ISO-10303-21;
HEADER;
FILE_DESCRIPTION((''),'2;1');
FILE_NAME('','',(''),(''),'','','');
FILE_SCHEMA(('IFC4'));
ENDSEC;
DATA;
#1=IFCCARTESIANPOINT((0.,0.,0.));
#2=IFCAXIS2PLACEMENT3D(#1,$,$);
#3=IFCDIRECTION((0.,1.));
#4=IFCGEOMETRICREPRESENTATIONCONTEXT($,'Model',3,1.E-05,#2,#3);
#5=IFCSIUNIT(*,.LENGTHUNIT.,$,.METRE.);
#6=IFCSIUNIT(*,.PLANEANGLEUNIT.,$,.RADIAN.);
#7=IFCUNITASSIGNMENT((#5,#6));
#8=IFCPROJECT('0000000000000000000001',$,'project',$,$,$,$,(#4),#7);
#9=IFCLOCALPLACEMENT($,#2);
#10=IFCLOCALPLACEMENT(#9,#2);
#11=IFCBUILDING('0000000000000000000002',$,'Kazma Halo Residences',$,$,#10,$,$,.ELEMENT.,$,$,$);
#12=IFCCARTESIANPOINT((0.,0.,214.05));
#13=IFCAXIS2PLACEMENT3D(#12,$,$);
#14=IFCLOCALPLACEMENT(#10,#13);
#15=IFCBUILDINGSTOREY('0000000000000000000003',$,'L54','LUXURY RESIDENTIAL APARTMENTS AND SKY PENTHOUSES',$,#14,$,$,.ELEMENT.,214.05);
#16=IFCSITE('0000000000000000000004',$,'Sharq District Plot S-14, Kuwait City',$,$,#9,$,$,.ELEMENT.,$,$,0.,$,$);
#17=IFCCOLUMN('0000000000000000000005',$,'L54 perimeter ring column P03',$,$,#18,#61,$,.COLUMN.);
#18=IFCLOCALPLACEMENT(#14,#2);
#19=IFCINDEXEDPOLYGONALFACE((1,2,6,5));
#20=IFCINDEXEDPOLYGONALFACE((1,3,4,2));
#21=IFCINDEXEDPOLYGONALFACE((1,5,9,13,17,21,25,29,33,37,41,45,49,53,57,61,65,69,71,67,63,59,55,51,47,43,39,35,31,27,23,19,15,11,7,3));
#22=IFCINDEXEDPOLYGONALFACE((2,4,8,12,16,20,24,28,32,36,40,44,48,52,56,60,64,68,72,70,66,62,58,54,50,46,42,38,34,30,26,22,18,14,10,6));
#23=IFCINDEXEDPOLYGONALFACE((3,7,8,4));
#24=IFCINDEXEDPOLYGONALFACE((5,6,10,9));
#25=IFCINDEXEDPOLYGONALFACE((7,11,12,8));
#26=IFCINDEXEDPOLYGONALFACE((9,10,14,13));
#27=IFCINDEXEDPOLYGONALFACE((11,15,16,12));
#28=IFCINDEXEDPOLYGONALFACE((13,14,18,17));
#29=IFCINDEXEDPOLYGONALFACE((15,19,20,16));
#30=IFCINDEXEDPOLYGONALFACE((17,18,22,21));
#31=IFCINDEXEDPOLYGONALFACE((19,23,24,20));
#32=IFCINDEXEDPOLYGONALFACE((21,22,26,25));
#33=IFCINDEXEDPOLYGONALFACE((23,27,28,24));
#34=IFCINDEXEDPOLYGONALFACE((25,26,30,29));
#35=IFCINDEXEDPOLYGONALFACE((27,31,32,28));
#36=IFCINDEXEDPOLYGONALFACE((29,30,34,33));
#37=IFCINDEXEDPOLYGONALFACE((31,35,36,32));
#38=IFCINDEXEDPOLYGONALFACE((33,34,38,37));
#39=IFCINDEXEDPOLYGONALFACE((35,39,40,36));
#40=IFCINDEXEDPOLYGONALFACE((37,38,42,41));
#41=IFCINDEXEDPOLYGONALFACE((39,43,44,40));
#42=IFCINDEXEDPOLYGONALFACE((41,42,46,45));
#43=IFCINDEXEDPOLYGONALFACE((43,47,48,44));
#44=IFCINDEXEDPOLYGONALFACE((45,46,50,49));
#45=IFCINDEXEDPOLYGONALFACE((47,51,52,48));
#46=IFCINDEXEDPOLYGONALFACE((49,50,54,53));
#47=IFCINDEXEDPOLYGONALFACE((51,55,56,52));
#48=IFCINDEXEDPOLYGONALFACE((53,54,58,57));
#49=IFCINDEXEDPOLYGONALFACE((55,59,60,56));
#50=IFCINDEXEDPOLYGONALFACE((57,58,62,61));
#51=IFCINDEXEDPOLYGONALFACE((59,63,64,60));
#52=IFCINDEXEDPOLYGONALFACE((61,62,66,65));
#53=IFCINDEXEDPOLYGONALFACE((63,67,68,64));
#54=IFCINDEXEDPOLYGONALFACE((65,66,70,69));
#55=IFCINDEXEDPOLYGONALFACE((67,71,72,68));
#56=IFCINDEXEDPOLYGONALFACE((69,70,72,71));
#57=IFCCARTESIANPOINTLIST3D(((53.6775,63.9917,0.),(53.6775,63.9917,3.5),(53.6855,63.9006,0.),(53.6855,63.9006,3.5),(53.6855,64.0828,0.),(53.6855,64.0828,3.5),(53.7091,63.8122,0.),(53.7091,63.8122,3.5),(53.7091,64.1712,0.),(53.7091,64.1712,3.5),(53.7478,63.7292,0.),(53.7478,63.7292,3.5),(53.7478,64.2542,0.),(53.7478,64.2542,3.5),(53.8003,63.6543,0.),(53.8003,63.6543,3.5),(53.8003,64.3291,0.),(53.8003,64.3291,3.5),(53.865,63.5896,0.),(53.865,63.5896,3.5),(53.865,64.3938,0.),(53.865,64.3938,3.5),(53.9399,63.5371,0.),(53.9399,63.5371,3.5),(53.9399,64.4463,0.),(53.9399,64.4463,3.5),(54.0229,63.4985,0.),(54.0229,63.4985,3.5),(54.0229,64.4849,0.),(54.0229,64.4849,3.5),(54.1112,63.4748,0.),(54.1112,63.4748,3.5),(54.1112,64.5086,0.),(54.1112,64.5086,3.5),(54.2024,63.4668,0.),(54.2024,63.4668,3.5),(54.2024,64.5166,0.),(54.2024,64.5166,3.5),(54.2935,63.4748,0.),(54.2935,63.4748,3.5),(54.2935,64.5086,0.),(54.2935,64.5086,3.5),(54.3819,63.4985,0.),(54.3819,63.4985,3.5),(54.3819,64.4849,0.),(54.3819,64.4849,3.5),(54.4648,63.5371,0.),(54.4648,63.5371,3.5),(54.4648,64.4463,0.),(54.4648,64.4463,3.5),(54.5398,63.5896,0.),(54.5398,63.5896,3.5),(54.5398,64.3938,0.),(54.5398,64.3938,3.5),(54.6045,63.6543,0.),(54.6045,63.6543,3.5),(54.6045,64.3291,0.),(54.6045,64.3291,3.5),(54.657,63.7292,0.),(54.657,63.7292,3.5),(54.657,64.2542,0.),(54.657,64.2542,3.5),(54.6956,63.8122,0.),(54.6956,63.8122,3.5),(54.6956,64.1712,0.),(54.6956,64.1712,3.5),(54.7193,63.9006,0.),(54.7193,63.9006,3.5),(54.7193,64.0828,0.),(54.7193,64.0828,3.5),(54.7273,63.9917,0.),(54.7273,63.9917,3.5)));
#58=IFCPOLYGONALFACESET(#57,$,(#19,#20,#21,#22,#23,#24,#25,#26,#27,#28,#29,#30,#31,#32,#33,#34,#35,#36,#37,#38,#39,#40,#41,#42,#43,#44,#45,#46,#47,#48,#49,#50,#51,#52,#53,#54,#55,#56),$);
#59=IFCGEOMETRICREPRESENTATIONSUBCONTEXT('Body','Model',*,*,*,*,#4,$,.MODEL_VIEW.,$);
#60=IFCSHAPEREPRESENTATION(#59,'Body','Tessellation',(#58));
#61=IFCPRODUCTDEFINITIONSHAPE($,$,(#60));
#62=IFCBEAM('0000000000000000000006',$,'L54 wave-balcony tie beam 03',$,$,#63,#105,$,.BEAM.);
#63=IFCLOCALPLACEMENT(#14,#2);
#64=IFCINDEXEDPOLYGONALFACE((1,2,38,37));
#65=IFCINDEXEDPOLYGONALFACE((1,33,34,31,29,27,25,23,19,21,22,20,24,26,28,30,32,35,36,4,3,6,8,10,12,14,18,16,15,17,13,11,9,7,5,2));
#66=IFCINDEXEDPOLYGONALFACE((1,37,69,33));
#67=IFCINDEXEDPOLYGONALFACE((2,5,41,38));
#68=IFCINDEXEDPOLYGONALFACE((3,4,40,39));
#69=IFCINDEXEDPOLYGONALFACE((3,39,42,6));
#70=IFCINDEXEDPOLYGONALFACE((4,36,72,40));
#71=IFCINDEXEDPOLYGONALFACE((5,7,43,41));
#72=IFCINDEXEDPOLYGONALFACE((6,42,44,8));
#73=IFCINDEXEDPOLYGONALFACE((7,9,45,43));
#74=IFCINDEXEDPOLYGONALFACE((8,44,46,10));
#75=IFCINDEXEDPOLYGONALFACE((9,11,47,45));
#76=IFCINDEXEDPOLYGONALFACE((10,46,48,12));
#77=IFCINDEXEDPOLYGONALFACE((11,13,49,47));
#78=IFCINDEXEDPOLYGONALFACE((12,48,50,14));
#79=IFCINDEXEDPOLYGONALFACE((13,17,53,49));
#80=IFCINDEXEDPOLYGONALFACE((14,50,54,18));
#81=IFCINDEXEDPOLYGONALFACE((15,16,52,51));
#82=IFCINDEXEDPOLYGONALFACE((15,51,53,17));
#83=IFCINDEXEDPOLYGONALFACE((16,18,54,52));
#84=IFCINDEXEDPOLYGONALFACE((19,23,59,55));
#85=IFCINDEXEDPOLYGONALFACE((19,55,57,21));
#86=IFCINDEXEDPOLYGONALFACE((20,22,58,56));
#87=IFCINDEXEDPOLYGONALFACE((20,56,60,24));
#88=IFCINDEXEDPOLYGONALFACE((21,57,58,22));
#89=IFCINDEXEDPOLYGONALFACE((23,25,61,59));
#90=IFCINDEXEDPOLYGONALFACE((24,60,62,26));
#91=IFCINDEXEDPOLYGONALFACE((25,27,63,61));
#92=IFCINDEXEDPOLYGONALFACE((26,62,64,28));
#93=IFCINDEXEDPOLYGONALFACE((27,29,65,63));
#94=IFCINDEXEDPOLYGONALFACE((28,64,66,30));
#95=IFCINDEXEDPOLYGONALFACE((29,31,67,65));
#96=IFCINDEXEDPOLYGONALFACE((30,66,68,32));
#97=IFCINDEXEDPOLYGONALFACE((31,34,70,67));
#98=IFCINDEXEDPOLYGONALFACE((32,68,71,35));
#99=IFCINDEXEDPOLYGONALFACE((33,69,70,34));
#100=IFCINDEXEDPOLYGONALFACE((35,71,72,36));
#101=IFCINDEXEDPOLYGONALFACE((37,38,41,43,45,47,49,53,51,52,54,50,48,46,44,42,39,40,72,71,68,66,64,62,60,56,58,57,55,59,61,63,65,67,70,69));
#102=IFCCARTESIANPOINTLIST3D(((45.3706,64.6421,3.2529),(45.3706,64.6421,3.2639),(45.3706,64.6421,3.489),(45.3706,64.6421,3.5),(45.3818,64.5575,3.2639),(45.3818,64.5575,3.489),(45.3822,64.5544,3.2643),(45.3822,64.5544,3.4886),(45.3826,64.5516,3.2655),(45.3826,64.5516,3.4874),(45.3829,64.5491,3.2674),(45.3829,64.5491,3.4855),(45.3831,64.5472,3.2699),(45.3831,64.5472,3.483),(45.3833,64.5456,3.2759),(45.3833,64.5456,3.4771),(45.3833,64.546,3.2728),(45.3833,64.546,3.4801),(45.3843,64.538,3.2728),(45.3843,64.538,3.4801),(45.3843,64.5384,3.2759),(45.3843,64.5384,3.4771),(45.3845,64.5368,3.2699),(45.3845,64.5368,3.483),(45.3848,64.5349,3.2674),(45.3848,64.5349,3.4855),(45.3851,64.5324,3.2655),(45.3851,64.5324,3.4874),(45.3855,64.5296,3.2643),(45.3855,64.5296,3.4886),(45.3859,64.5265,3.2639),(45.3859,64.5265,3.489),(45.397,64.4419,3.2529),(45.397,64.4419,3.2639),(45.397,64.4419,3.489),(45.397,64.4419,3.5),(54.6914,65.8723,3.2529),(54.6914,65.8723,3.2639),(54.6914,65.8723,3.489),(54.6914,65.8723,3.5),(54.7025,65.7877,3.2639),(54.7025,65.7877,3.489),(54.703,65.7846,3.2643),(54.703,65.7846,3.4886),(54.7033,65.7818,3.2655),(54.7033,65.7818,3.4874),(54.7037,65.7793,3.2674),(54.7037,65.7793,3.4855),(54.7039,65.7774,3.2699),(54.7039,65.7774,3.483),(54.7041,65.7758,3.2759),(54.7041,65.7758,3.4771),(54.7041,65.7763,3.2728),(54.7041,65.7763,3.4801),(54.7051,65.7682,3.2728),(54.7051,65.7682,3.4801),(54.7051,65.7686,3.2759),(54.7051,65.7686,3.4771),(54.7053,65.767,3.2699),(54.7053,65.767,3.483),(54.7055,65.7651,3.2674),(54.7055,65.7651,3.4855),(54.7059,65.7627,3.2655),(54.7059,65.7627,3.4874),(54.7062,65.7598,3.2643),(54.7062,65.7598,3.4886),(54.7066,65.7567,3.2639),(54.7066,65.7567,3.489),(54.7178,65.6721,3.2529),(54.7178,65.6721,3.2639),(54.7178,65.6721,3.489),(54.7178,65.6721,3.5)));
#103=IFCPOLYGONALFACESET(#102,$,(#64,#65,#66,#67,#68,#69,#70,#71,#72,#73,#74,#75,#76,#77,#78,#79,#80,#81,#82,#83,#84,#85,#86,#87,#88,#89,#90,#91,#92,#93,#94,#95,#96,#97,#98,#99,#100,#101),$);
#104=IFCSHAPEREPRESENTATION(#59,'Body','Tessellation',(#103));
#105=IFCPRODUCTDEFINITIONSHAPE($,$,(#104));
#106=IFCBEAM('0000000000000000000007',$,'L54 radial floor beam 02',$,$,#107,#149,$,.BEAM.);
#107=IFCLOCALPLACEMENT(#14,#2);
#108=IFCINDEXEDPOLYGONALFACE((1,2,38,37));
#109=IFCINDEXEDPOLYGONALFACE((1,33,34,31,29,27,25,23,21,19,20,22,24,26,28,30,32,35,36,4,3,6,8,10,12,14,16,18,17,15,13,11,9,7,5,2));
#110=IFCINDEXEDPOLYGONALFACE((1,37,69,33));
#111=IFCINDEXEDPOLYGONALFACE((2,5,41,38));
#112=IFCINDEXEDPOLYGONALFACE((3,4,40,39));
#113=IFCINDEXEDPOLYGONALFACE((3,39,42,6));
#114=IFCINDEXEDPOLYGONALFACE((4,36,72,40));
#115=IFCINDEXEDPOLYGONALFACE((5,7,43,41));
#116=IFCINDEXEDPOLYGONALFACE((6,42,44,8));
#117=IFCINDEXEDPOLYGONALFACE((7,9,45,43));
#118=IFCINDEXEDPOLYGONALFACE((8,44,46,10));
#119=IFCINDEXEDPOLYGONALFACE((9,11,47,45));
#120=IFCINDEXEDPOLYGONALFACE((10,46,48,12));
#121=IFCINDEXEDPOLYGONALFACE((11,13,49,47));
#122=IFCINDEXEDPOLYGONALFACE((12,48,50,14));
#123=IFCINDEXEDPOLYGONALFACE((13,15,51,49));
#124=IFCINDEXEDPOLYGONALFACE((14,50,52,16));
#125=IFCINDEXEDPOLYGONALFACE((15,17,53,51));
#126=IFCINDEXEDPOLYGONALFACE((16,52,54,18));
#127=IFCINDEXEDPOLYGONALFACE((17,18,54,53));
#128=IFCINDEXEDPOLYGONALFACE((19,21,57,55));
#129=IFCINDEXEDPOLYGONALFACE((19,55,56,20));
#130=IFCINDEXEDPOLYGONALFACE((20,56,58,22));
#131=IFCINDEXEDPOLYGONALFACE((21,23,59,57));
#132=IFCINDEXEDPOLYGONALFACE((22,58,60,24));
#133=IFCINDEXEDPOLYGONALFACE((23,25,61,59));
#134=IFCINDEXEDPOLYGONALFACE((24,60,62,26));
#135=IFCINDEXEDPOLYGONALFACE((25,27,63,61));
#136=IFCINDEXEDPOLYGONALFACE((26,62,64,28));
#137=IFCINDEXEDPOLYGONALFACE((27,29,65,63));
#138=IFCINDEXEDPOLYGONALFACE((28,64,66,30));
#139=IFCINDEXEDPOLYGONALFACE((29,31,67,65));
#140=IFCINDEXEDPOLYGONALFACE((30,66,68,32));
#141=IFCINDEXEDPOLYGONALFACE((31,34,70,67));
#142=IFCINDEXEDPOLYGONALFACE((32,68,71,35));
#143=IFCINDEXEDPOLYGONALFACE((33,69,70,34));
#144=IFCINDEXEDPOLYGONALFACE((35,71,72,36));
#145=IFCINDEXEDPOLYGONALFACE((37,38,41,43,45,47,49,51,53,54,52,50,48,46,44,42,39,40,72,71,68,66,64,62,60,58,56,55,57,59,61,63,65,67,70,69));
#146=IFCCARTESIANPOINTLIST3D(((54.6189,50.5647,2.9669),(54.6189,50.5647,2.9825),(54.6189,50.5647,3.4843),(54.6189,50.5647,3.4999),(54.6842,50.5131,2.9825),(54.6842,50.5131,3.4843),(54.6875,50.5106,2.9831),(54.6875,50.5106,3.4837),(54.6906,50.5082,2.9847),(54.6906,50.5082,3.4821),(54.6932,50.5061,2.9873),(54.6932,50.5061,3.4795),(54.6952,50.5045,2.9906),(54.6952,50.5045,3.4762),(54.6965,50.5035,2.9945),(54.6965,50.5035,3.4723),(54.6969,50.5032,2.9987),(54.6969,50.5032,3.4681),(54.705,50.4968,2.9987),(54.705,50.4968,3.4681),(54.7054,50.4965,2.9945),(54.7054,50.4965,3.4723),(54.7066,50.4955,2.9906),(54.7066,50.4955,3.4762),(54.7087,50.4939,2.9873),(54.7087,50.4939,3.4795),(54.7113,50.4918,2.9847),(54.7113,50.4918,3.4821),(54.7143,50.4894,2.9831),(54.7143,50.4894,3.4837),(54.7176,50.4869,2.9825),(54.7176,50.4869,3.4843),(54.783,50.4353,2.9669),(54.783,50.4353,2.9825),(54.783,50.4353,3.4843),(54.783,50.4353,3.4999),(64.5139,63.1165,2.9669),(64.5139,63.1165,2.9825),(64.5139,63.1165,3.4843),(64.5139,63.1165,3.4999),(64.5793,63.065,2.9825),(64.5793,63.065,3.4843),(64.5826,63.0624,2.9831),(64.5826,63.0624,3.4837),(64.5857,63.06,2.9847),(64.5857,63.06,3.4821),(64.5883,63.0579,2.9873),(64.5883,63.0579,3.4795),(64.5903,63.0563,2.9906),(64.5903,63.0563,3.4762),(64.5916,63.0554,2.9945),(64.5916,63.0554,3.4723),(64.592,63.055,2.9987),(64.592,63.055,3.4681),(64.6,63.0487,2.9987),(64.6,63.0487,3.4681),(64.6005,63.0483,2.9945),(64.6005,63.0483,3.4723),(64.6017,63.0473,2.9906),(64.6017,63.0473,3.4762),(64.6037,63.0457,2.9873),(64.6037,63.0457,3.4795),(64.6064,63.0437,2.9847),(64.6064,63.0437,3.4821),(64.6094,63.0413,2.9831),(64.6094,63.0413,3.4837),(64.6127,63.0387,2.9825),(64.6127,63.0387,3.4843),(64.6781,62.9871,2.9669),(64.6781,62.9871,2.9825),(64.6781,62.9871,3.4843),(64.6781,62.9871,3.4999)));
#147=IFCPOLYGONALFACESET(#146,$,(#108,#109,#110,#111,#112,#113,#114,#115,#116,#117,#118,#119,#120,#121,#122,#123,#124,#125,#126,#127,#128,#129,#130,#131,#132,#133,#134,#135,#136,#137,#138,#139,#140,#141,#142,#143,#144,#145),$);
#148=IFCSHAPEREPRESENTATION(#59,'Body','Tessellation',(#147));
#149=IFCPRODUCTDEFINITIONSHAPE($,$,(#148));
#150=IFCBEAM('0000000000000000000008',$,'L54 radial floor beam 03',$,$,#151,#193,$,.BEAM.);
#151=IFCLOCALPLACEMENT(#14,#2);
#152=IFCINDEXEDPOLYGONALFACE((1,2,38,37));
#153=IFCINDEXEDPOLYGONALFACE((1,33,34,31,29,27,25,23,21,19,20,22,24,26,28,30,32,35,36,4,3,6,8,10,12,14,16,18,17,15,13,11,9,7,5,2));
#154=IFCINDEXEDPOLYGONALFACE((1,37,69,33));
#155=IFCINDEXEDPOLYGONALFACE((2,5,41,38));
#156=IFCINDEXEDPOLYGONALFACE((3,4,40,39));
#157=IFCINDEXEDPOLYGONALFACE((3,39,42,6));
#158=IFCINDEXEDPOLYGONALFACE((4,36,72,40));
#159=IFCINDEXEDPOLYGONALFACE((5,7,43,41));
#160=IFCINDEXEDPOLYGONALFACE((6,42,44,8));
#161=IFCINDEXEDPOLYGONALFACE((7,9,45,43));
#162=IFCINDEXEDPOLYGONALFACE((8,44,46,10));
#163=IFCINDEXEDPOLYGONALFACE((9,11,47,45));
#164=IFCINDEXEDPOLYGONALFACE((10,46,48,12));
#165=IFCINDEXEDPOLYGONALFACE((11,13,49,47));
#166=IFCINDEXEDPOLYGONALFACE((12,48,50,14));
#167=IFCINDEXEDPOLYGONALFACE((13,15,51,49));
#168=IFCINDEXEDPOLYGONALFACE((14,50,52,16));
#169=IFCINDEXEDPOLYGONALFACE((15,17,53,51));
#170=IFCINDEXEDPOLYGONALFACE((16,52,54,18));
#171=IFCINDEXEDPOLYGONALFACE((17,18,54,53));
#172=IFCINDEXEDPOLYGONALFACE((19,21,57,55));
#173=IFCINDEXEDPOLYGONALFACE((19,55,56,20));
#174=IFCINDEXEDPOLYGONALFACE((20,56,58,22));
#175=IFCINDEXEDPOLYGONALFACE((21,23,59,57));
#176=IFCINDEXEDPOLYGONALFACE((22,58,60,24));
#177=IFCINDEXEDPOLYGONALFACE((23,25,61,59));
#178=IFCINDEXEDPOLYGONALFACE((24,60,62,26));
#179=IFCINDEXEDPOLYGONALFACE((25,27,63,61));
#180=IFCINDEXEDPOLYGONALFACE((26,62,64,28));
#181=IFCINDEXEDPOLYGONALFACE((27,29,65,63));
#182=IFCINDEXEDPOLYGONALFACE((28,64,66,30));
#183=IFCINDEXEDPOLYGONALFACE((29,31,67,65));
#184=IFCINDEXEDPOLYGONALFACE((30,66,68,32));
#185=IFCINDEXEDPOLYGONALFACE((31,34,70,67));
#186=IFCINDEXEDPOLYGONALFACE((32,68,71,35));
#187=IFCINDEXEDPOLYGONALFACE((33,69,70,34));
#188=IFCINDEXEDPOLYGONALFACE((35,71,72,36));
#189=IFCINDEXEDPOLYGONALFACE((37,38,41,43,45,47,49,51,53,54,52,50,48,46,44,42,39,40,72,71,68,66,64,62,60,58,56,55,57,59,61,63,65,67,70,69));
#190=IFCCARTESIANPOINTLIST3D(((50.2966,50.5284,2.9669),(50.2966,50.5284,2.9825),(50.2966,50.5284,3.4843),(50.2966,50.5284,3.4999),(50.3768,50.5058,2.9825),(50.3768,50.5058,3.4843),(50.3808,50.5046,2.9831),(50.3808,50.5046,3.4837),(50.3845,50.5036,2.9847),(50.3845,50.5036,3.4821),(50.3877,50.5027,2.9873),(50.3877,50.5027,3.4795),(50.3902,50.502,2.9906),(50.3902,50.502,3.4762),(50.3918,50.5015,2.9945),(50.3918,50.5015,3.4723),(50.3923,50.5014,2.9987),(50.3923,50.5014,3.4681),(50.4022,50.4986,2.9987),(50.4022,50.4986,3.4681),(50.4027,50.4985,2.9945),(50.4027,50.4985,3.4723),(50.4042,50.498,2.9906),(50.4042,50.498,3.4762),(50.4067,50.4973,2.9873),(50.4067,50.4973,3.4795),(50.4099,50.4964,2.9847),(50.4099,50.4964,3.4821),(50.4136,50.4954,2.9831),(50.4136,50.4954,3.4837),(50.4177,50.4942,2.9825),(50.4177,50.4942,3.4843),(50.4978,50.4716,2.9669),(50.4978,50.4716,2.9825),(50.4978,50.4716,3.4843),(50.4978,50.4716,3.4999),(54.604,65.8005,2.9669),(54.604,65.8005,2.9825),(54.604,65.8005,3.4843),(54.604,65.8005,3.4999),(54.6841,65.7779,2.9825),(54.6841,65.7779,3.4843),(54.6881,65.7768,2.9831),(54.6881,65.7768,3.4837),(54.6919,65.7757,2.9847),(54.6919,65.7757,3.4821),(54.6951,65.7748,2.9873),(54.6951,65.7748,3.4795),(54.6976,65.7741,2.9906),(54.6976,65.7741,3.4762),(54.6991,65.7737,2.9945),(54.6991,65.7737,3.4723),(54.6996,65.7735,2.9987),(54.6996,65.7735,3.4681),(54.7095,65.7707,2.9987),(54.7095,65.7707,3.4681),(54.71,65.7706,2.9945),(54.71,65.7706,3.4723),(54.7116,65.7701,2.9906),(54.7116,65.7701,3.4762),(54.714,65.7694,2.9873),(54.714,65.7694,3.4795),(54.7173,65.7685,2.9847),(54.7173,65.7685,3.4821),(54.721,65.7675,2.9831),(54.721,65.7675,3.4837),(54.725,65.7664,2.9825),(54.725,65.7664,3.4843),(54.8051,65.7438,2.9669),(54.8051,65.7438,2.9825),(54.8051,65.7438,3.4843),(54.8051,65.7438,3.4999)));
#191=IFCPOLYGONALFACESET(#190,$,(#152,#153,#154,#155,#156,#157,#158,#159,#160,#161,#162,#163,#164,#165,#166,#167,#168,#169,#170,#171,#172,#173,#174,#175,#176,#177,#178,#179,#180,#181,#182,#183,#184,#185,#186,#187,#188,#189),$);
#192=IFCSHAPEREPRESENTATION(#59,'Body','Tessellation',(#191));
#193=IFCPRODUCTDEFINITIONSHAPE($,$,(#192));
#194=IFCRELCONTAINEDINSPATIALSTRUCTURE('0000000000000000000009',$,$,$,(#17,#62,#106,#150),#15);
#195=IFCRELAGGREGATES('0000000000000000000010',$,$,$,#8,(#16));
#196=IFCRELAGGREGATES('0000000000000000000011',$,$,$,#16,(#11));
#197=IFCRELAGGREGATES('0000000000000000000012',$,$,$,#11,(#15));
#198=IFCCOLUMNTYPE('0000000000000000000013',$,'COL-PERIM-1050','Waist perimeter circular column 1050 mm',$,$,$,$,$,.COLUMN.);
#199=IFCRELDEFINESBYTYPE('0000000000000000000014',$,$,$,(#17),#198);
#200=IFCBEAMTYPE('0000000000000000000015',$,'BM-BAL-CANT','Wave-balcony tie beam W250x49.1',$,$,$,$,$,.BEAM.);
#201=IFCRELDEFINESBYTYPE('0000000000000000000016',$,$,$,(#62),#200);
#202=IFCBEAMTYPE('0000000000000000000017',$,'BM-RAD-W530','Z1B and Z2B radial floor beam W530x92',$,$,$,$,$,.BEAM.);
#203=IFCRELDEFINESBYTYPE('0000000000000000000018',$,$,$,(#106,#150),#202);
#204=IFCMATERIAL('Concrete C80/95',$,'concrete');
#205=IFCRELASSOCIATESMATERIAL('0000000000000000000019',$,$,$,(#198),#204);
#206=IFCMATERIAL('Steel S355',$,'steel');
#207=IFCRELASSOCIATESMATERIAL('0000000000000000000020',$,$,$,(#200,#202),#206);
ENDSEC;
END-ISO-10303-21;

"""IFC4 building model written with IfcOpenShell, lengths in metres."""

from ifc_helpers import new_model, si_unit, direction, frame, origin, origin_2d, place, context, subcontext, project, spatial, circle, i_section, extrude, material, material_profile, profile_set, type_object, element, save


model = new_model("IFC4")

# Units and contexts
model_context = context("Model", 3, precision=1e-05, world=origin(), true_north=direction((0.0, 1.0)))
body_context = subcontext(model_context, "Body", "Model", "MODEL_VIEW")
ifc_project = project(units=[si_unit("LENGTHUNIT", "METRE"), si_unit("PLANEANGLEUNIT", "RADIAN")], contexts=[model_context])

# Site, building, storey
site_placement = place(None, origin())
site = spatial("IfcSite", under=ifc_project, at=site_placement, Name="Sharq District Plot S-14, Kuwait City", CompositionType="ELEMENT", RefElevation=0.0)
building_placement = place(site_placement, origin())
building = spatial("IfcBuilding", under=site, at=building_placement, Name="Kazma Halo Residences", CompositionType="ELEMENT")
storey_placement = place(building_placement, frame((0.0, 0.0, 214.05)))
storey = spatial("IfcBuildingStorey", under=building, at=storey_placement, Name="L54", Description="LUXURY RESIDENTIAL APARTMENTS AND SKY PENTHOUSES", CompositionType="ELEMENT", Elevation=214.05)

# Column
ifc_material_1 = material(Name="Concrete C80/95", Category="concrete")
ifc_material_profile_1 = material_profile(ifc_material_1, circle(Radius=0.5249, at=origin_2d()), Name="CIRC1050")
ifc_profile_set_1 = profile_set([ifc_material_profile_1], Name="Concrete C80/95")
column_type = type_object("IfcColumnType", Name="COL-PERIM-1050", Description="Waist perimeter circular column 1050 mm", PredefinedType="COLUMN", material=ifc_profile_set_1)
column_placement = place(storey_placement, frame((54.2024, 63.9917, 0.0), z_axis=(0.0, 0.0, 1.0), x_axis=(1.0, 0.0, 0.0)))
element("IfcColumn", 1, at=column_placement, inside=storey, type_object=column_type, Name="L54 perimeter ring column P03", PredefinedType="COLUMN", context=body_context, shape_type="SweptSolid", body=[
    extrude(circle(Radius=0.5249, at=origin_2d()), origin(), (0.0, 0.0, 1.0), 3.5),
])

# Beams
ifc_material_2 = material(Name="Steel S355", Category="steel")
ifc_material_profile_2 = material_profile(ifc_material_2, i_section(OverallWidth=0.2019, OverallDepth=0.2471, WebThickness=0.0073, FlangeThickness=0.011, FilletRadius=0.012, at=origin_2d()), Name="W250x49.1")
ifc_profile_set_2 = profile_set([ifc_material_profile_2], Name="Steel S355")
beam_type_1 = type_object("IfcBeamType", Name="BM-BAL-CANT", Description="Wave-balcony tie beam W250x49.1", PredefinedType="BEAM", material=ifc_profile_set_2)
beam_1_placement = place(storey_placement, frame((54.7046, 65.7722, 3.3765), z_axis=(-0.991402, -0.130852, 0.0), x_axis=(0.130852, -0.991402, 0.0)))
element("IfcBeam", 2, at=beam_1_placement, inside=storey, type_object=beam_type_1, Name="L54 wave-balcony tie beam 03", PredefinedType="BEAM", context=body_context, shape_type="SweptSolid", body=[
    extrude(i_section(OverallWidth=0.2019, OverallDepth=0.2471, WebThickness=0.0073, FlangeThickness=0.011, FilletRadius=0.012, at=origin_2d()), origin(), (0.0, 0.0, 1.0), 9.4016),
])
ifc_material_profile_3 = material_profile(ifc_material_2, i_section(OverallWidth=0.209, OverallDepth=0.533, WebThickness=0.0103, FlangeThickness=0.0156, FilletRadius=0.0161, at=origin_2d()), Name="W530x92")
ifc_profile_set_3 = profile_set([ifc_material_profile_3], Name="Steel S355")
beam_type_2 = type_object("IfcBeamType", Name="BM-RAD-W530", Description="Z1B and Z2B radial floor beam W530x92", PredefinedType="BEAM", material=ifc_profile_set_3)
beam_2_placement = place(storey_placement, frame((54.7009, 50.5, 3.2334), z_axis=(0.619094, 0.785317, 0.0), x_axis=(-0.785317, 0.619094, 0.0)))
element("IfcBeam", 3, at=beam_2_placement, inside=storey, type_object=beam_type_2, Name="L54 radial floor beam 02", PredefinedType="BEAM", context=body_context, shape_type="SweptSolid", body=[
    extrude(i_section(OverallWidth=0.209, OverallDepth=0.533, WebThickness=0.0103, FlangeThickness=0.0156, FilletRadius=0.0161, at=origin_2d()), origin(), (0.0, 0.0, 1.0), 15.9832),
])
beam_3_placement = place(storey_placement, frame((50.3972, 50.5, 3.2334), z_axis=(0.27145, 0.962453, 0.0), x_axis=(-0.962453, 0.27145, 0.0)))
element("IfcBeam", 4, at=beam_3_placement, inside=storey, type_object=beam_type_2, Name="L54 radial floor beam 03", PredefinedType="BEAM", context=body_context, shape_type="SweptSolid", body=[
    extrude(i_section(OverallWidth=0.209, OverallDepth=0.533, WebThickness=0.0103, FlangeThickness=0.0156, FilletRadius=0.0161, at=origin_2d()), origin(), (0.0, 0.0, 1.0), 15.8679),
])

save(model, "model.ifc")
